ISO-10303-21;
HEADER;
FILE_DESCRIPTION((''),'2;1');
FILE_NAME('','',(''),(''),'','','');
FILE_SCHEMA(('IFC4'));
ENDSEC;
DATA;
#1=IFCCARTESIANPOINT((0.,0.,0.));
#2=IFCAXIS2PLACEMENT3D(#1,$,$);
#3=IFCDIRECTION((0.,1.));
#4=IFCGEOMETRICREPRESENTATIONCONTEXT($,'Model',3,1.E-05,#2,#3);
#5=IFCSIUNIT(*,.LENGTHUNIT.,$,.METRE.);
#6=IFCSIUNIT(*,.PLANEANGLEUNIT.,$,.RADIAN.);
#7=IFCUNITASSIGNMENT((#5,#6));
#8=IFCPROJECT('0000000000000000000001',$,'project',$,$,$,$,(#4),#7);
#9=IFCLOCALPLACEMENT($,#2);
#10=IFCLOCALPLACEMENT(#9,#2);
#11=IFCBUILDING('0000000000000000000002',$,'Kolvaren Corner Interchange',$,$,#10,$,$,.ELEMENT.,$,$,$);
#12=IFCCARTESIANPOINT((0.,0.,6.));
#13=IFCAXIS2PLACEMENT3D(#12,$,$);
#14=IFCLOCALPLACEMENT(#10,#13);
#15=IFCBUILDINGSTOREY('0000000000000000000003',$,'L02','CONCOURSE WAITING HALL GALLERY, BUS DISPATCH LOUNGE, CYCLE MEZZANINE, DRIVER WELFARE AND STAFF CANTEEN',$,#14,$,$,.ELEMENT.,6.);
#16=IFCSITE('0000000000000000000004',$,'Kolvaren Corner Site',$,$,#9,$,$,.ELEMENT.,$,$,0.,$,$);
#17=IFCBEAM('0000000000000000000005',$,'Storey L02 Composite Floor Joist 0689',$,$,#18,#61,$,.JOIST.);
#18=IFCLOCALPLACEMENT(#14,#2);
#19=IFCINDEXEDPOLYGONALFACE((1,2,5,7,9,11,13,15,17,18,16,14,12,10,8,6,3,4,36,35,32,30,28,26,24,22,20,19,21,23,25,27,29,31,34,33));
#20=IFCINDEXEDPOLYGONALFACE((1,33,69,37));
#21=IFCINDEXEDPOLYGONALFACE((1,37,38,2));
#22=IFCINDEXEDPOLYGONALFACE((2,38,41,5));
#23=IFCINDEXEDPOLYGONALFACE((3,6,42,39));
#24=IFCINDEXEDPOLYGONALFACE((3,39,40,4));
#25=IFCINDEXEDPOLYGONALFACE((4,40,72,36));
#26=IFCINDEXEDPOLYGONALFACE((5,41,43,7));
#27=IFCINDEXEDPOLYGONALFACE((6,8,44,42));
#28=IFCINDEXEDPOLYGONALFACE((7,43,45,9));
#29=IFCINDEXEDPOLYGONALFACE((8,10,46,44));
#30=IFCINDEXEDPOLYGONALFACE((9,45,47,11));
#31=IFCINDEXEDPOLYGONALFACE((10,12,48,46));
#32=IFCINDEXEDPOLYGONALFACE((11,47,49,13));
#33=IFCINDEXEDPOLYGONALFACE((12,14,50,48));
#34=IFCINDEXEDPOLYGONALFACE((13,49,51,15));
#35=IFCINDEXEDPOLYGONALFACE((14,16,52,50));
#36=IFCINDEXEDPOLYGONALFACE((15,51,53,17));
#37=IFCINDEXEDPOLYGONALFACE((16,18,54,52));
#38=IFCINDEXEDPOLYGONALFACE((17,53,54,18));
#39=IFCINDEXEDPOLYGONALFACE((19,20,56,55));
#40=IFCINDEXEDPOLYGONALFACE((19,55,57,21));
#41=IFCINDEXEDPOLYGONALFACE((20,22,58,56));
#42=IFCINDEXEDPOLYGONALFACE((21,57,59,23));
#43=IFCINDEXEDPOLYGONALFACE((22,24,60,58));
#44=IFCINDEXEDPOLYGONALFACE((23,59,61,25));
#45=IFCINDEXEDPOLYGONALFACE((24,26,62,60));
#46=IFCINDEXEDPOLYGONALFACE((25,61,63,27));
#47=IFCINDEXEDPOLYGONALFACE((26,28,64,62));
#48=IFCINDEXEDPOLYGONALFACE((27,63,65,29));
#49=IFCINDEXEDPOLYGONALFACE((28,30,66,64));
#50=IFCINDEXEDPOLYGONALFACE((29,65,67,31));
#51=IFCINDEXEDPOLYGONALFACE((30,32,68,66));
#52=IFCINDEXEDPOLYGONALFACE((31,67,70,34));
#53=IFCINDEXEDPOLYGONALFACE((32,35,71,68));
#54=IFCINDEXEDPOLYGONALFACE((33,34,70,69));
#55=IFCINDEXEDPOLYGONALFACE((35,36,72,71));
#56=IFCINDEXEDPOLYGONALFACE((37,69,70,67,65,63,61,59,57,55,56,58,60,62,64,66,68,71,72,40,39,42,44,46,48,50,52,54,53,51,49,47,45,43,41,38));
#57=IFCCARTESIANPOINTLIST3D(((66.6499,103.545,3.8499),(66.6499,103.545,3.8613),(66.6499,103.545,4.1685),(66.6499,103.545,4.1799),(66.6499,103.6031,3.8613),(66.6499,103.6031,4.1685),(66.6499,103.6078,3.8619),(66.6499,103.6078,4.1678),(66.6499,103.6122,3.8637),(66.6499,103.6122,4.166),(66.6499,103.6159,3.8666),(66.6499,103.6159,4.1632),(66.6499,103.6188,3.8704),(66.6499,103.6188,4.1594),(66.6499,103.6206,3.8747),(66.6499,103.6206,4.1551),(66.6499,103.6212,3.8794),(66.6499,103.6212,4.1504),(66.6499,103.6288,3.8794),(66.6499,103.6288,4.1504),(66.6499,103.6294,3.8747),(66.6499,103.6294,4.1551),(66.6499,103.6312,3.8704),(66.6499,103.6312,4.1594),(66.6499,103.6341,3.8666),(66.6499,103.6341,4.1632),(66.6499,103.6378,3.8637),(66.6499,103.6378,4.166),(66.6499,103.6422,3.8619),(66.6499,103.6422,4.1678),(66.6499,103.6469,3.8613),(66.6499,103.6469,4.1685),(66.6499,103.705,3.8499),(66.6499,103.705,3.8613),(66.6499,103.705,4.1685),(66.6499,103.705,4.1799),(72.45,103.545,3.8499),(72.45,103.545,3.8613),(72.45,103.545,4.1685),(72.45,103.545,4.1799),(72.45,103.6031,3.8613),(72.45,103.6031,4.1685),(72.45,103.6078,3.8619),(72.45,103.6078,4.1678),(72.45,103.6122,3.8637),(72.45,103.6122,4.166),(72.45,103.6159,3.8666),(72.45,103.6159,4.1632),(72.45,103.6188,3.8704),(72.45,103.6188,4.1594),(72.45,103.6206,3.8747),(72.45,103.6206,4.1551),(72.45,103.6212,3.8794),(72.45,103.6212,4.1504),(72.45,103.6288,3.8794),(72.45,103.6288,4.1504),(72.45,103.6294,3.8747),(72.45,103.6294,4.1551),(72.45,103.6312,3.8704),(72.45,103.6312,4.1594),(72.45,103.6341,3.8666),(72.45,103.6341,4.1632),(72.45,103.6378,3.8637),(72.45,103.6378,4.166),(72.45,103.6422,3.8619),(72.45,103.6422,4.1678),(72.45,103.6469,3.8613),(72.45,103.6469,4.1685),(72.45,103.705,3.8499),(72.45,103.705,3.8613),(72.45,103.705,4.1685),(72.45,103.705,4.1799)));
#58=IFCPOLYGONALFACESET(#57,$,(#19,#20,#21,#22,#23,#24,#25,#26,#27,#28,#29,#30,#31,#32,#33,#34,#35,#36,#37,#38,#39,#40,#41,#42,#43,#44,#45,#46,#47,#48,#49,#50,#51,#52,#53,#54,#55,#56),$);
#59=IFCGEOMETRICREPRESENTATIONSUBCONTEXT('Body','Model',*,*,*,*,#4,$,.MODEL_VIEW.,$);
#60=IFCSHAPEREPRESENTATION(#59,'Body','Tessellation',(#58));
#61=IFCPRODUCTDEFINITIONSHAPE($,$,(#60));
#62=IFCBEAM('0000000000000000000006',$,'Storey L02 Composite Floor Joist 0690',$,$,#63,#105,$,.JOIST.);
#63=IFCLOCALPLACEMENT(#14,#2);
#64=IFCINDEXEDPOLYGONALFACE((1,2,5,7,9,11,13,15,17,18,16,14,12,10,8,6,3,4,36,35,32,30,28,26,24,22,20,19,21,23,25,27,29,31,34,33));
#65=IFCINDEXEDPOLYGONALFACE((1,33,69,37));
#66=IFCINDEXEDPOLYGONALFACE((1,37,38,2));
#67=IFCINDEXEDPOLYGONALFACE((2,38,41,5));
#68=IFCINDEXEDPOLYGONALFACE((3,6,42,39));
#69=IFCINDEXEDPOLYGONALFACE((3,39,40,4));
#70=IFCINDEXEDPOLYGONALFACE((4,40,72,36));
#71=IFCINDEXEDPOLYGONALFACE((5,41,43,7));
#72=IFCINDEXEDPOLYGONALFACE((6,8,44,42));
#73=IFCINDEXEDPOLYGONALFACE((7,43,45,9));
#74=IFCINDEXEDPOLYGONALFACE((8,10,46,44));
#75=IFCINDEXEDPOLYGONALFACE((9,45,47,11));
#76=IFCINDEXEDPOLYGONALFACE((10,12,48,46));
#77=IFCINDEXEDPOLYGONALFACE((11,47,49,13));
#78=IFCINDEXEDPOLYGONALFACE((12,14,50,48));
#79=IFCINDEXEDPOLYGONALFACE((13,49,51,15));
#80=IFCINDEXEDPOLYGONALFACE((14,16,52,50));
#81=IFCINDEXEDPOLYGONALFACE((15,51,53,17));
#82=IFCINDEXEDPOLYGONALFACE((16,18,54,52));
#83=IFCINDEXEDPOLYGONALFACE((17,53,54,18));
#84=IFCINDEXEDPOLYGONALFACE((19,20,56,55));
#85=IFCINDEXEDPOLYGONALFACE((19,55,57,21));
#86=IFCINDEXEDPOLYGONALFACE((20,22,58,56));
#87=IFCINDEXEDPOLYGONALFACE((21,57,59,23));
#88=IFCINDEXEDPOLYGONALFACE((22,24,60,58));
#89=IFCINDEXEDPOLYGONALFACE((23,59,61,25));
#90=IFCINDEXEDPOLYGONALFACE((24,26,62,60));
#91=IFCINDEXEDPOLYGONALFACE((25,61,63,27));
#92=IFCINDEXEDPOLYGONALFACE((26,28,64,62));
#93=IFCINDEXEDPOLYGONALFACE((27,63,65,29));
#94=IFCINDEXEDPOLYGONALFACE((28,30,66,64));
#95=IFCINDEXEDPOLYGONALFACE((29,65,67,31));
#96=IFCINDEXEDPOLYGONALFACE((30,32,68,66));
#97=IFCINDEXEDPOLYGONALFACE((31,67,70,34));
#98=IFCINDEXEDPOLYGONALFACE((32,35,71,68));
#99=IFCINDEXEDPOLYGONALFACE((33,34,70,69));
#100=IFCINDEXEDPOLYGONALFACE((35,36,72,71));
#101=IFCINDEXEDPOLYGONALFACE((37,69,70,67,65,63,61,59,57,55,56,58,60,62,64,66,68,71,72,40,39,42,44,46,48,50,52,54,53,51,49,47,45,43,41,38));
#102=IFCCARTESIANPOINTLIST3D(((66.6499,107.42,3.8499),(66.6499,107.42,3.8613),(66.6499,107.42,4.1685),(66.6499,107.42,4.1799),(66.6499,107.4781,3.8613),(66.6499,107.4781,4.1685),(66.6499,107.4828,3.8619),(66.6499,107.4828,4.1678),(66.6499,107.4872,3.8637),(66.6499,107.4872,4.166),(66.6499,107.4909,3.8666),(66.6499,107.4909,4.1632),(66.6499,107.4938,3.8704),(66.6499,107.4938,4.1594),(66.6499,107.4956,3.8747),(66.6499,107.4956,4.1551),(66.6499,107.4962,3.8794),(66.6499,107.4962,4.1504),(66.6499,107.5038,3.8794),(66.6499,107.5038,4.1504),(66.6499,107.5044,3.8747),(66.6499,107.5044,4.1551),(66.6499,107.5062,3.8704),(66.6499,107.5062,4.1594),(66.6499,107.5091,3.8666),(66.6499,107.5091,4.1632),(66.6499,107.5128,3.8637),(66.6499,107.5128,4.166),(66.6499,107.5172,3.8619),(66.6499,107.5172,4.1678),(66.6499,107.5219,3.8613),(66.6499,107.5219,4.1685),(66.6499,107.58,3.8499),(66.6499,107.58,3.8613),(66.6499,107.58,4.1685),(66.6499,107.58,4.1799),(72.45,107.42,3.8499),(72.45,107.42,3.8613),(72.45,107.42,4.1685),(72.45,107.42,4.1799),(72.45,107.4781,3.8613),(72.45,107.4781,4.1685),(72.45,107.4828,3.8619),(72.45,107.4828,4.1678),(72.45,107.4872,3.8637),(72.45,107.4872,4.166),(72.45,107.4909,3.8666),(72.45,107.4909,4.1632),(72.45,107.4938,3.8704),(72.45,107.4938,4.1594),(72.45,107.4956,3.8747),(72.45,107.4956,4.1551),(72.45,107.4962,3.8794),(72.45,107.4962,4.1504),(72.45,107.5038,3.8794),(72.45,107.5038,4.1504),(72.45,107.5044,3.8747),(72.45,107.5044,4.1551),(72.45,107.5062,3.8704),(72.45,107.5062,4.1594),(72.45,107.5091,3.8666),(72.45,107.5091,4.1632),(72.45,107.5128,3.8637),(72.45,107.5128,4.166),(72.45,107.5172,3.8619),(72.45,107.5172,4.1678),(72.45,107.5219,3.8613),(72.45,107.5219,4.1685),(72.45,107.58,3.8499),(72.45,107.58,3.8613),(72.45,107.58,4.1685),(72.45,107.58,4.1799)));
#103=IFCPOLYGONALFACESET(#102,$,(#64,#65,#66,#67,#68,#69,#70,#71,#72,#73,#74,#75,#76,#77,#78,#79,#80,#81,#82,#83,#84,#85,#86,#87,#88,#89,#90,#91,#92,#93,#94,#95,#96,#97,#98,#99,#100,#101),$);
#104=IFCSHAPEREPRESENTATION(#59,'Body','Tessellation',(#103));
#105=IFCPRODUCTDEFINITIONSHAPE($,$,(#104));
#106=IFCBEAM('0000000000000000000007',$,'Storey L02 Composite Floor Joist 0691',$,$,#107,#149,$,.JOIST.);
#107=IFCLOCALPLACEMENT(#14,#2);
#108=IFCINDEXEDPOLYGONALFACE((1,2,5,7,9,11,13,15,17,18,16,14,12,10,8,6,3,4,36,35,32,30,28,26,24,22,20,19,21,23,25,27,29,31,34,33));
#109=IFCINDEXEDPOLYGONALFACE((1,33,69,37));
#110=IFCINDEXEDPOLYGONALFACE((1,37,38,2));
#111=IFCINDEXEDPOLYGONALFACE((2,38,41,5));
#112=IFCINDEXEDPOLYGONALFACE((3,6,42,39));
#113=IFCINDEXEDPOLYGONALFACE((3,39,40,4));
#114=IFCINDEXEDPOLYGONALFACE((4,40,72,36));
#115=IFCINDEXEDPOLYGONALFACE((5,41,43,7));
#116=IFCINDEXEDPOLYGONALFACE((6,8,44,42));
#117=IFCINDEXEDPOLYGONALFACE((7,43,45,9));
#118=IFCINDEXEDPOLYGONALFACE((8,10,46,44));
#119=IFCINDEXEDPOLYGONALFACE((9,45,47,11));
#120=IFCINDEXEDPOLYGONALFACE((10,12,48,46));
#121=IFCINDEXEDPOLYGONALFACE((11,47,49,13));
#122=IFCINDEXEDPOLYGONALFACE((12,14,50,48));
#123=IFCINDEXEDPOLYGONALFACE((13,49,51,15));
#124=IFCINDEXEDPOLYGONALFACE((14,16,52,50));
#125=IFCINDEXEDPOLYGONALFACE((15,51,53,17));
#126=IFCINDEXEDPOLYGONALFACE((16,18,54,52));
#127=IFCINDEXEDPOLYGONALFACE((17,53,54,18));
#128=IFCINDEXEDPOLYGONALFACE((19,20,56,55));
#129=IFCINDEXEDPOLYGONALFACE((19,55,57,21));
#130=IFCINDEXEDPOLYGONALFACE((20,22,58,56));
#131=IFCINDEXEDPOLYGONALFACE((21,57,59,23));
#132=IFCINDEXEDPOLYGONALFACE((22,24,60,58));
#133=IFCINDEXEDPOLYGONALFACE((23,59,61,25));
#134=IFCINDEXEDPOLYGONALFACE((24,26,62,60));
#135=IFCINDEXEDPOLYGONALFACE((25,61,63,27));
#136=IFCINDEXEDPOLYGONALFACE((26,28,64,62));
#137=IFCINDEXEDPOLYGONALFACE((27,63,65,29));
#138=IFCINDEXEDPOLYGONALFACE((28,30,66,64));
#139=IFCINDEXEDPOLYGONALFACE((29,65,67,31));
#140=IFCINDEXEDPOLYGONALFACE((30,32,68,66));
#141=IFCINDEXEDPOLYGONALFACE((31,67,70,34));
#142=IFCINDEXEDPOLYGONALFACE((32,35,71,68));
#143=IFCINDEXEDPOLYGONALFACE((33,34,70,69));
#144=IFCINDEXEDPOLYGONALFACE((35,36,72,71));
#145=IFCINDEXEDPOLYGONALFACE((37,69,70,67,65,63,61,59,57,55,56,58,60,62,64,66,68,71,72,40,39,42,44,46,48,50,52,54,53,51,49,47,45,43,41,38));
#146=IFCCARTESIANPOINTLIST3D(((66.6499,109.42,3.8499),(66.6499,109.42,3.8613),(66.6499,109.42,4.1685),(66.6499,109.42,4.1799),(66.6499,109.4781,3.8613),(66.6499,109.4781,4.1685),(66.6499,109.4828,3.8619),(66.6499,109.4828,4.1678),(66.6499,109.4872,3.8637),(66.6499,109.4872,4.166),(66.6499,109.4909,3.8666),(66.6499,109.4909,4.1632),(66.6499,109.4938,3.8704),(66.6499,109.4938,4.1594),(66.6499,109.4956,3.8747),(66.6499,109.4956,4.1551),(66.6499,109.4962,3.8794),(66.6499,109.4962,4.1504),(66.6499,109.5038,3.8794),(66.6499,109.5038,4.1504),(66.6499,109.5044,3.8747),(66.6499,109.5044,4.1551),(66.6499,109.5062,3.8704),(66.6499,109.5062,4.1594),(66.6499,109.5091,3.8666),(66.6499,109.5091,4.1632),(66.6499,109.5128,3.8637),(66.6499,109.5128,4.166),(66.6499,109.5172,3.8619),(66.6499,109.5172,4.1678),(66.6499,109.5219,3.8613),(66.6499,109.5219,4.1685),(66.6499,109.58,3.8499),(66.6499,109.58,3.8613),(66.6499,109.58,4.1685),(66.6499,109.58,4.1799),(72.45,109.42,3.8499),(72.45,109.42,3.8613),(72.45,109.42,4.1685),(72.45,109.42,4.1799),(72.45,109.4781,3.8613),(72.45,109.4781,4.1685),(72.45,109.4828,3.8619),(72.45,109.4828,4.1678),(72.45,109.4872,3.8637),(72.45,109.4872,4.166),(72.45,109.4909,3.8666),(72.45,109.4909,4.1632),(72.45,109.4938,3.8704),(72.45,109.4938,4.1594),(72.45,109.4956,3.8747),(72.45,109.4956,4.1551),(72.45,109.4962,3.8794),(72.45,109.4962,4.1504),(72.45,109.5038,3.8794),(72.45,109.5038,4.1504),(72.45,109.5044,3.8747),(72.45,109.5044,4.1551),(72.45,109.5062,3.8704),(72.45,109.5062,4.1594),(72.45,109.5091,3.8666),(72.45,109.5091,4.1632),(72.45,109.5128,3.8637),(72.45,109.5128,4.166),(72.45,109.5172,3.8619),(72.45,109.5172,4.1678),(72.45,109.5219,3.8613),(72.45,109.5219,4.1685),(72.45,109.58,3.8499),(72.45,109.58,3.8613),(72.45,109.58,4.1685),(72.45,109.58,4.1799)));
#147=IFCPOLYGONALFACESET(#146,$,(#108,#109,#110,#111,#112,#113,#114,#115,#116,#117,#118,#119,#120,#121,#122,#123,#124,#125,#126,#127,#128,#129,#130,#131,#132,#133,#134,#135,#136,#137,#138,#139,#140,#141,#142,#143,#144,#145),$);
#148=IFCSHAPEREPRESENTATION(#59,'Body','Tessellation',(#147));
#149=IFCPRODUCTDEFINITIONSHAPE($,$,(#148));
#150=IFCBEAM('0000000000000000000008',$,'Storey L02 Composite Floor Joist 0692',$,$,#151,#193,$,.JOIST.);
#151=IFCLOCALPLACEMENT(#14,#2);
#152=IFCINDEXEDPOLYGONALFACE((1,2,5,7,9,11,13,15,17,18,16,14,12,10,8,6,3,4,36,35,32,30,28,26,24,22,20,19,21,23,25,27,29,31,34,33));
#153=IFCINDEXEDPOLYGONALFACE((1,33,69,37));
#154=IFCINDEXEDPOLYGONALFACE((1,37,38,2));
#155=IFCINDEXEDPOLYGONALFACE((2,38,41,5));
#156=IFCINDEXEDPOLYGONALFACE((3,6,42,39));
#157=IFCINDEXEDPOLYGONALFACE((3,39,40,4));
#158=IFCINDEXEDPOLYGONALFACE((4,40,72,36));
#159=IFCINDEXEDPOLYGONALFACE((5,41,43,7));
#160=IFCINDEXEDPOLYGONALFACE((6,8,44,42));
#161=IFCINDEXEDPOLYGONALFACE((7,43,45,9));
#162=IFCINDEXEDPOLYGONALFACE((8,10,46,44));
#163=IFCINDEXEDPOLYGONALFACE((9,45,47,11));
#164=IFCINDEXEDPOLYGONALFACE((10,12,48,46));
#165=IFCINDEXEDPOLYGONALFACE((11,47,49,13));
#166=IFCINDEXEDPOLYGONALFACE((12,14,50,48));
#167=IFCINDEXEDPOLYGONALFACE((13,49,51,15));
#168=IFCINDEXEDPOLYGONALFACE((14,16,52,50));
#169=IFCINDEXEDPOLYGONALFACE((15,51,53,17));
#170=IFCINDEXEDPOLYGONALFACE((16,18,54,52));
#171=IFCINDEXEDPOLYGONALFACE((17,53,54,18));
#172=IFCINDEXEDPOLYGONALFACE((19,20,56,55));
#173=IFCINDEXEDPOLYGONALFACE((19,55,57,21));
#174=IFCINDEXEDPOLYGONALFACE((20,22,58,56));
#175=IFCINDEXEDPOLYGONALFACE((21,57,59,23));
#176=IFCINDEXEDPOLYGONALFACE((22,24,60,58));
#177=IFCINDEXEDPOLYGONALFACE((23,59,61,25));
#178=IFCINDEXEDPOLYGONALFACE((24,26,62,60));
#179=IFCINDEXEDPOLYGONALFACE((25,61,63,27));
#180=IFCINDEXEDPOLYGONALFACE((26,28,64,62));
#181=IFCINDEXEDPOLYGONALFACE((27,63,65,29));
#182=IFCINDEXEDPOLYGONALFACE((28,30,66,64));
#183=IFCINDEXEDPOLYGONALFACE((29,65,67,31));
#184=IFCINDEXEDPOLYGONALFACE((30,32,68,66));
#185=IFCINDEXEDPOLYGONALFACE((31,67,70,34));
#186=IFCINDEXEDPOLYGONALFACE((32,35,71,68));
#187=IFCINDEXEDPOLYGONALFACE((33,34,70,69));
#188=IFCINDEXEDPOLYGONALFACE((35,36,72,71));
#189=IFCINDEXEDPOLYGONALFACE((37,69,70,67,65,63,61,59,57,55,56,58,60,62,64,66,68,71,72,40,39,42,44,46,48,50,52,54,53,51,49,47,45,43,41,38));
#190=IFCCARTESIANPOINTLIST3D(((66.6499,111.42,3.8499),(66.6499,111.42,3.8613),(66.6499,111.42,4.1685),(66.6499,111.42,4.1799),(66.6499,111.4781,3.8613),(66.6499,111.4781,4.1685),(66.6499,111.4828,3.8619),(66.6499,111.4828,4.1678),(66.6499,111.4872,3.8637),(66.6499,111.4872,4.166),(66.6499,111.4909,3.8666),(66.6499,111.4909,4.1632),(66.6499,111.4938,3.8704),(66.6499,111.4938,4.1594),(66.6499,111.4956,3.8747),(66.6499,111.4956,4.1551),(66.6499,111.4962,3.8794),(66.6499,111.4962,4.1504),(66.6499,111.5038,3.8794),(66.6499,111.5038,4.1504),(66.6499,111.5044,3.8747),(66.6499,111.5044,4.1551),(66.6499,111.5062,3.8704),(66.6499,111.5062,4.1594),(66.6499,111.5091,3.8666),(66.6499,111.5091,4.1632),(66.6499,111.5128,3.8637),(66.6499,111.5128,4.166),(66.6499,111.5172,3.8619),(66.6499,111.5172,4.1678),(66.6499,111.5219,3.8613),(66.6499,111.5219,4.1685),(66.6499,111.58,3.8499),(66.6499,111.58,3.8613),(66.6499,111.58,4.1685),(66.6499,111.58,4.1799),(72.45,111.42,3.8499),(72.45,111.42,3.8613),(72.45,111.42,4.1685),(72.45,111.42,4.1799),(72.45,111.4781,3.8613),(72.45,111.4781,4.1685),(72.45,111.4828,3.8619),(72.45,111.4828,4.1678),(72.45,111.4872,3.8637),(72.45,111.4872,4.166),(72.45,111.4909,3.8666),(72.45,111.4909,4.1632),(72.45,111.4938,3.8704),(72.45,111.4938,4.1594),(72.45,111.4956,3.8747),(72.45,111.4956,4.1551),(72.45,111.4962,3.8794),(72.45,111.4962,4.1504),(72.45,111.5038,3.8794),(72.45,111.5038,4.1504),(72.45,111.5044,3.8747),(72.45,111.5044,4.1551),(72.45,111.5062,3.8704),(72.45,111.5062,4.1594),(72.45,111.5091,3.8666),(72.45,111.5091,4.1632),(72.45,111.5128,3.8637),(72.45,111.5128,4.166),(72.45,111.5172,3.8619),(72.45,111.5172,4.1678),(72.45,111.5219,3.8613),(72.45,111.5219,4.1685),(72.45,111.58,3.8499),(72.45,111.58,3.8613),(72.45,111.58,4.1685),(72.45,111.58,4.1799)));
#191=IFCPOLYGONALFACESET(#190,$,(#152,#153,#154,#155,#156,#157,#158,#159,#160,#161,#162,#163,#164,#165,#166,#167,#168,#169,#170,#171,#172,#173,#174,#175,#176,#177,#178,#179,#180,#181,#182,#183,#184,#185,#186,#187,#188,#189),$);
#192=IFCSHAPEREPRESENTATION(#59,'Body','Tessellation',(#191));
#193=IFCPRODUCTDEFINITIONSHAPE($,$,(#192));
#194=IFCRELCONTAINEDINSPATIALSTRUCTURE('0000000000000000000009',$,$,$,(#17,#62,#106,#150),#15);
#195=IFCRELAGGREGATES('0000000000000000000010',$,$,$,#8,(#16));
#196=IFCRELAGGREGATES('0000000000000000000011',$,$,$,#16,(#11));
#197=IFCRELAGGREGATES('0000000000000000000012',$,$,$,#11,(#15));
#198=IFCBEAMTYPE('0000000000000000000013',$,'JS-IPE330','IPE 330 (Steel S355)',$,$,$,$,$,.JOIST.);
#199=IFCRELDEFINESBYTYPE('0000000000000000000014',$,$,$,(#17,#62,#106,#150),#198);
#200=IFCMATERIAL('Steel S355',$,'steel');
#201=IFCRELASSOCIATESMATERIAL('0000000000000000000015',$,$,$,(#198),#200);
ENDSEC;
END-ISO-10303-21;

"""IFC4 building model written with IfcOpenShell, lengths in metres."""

from ifc_helpers import new_model, si_unit, direction, frame, origin, origin_2d, place, context, subcontext, project, spatial, i_section, extrude, material, material_profile, profile_set, type_object, element, save


model = new_model("IFC4")

# Units and contexts
model_context = context("Model", 3, precision=1e-05, world=origin(), true_north=direction((0.0, 1.0)))
body_context = subcontext(model_context, "Body", "Model", "MODEL_VIEW")
ifc_project = project(units=[si_unit("LENGTHUNIT", "METRE"), si_unit("PLANEANGLEUNIT", "RADIAN")], contexts=[model_context])

# Site, building, storey
site_placement = place(None, origin())
site = spatial("IfcSite", under=ifc_project, at=site_placement, Name="Kolvaren Corner Site", CompositionType="ELEMENT", RefElevation=0.0)
building_placement = place(site_placement, origin())
building = spatial("IfcBuilding", under=site, at=building_placement, Name="Kolvaren Corner Interchange", CompositionType="ELEMENT")
storey_placement = place(building_placement, frame((0.0, 0.0, 6.0)))
storey = spatial("IfcBuildingStorey", under=building, at=storey_placement, Name="L02", Description="CONCOURSE WAITING HALL GALLERY, BUS DISPATCH LOUNGE, CYCLE MEZZANINE, DRIVER WELFARE AND STAFF CANTEEN", CompositionType="ELEMENT", Elevation=6.0)

# Beams
ifc_material_1 = material(Name="Steel S355", Category="steel")
ifc_material_profile_1 = material_profile(ifc_material_1, i_section(OverallWidth=0.1599, OverallDepth=0.3301, WebThickness=0.0076, FlangeThickness=0.0115, FilletRadius=0.0181, at=origin_2d()), Name="IPE 330")
ifc_profile_set_1 = profile_set([ifc_material_profile_1], Name="Steel S355")
beam_type_1 = type_object("IfcBeamType", Name="JS-IPE330", Description="IPE 330 (Steel S355)", PredefinedType="JOIST", material=ifc_profile_set_1)
for number, where, z_axis, x_axis, name in (
    (1, (66.6499, 103.625, 4.0149), (1.0, 0.0, 0.0), (0.0, 1.0, 0.0), "Storey L02 Composite Floor Joist 0689"),
    (2, (66.6499, 107.5, 4.0149), (1.0, 0.0, 0.0), (0.0, 1.0, 0.0), "Storey L02 Composite Floor Joist 0690"),
    (3, (66.6499, 109.5, 4.0149), (1.0, 0.0, 0.0), (0.0, 1.0, 0.0), "Storey L02 Composite Floor Joist 0691"),
    (4, (66.6499, 111.5, 4.0149), (1.0, 0.0, 0.0), (0.0, 1.0, 0.0), "Storey L02 Composite Floor Joist 0692"),
):
    element("IfcBeam", number, at=place(storey_placement, frame(where, z_axis=z_axis, x_axis=x_axis)), inside=storey, type_object=beam_type_1, Name=name, PredefinedType="JOIST", context=body_context, shape_type="SweptSolid", body=[
        extrude(i_section(OverallWidth=0.1599, OverallDepth=0.3301, WebThickness=0.0076, FlangeThickness=0.0115, FilletRadius=0.0181, at=origin_2d()), origin(), (0.0, 0.0, 1.0), 5.8),
    ])

save(model, "model.ifc")
